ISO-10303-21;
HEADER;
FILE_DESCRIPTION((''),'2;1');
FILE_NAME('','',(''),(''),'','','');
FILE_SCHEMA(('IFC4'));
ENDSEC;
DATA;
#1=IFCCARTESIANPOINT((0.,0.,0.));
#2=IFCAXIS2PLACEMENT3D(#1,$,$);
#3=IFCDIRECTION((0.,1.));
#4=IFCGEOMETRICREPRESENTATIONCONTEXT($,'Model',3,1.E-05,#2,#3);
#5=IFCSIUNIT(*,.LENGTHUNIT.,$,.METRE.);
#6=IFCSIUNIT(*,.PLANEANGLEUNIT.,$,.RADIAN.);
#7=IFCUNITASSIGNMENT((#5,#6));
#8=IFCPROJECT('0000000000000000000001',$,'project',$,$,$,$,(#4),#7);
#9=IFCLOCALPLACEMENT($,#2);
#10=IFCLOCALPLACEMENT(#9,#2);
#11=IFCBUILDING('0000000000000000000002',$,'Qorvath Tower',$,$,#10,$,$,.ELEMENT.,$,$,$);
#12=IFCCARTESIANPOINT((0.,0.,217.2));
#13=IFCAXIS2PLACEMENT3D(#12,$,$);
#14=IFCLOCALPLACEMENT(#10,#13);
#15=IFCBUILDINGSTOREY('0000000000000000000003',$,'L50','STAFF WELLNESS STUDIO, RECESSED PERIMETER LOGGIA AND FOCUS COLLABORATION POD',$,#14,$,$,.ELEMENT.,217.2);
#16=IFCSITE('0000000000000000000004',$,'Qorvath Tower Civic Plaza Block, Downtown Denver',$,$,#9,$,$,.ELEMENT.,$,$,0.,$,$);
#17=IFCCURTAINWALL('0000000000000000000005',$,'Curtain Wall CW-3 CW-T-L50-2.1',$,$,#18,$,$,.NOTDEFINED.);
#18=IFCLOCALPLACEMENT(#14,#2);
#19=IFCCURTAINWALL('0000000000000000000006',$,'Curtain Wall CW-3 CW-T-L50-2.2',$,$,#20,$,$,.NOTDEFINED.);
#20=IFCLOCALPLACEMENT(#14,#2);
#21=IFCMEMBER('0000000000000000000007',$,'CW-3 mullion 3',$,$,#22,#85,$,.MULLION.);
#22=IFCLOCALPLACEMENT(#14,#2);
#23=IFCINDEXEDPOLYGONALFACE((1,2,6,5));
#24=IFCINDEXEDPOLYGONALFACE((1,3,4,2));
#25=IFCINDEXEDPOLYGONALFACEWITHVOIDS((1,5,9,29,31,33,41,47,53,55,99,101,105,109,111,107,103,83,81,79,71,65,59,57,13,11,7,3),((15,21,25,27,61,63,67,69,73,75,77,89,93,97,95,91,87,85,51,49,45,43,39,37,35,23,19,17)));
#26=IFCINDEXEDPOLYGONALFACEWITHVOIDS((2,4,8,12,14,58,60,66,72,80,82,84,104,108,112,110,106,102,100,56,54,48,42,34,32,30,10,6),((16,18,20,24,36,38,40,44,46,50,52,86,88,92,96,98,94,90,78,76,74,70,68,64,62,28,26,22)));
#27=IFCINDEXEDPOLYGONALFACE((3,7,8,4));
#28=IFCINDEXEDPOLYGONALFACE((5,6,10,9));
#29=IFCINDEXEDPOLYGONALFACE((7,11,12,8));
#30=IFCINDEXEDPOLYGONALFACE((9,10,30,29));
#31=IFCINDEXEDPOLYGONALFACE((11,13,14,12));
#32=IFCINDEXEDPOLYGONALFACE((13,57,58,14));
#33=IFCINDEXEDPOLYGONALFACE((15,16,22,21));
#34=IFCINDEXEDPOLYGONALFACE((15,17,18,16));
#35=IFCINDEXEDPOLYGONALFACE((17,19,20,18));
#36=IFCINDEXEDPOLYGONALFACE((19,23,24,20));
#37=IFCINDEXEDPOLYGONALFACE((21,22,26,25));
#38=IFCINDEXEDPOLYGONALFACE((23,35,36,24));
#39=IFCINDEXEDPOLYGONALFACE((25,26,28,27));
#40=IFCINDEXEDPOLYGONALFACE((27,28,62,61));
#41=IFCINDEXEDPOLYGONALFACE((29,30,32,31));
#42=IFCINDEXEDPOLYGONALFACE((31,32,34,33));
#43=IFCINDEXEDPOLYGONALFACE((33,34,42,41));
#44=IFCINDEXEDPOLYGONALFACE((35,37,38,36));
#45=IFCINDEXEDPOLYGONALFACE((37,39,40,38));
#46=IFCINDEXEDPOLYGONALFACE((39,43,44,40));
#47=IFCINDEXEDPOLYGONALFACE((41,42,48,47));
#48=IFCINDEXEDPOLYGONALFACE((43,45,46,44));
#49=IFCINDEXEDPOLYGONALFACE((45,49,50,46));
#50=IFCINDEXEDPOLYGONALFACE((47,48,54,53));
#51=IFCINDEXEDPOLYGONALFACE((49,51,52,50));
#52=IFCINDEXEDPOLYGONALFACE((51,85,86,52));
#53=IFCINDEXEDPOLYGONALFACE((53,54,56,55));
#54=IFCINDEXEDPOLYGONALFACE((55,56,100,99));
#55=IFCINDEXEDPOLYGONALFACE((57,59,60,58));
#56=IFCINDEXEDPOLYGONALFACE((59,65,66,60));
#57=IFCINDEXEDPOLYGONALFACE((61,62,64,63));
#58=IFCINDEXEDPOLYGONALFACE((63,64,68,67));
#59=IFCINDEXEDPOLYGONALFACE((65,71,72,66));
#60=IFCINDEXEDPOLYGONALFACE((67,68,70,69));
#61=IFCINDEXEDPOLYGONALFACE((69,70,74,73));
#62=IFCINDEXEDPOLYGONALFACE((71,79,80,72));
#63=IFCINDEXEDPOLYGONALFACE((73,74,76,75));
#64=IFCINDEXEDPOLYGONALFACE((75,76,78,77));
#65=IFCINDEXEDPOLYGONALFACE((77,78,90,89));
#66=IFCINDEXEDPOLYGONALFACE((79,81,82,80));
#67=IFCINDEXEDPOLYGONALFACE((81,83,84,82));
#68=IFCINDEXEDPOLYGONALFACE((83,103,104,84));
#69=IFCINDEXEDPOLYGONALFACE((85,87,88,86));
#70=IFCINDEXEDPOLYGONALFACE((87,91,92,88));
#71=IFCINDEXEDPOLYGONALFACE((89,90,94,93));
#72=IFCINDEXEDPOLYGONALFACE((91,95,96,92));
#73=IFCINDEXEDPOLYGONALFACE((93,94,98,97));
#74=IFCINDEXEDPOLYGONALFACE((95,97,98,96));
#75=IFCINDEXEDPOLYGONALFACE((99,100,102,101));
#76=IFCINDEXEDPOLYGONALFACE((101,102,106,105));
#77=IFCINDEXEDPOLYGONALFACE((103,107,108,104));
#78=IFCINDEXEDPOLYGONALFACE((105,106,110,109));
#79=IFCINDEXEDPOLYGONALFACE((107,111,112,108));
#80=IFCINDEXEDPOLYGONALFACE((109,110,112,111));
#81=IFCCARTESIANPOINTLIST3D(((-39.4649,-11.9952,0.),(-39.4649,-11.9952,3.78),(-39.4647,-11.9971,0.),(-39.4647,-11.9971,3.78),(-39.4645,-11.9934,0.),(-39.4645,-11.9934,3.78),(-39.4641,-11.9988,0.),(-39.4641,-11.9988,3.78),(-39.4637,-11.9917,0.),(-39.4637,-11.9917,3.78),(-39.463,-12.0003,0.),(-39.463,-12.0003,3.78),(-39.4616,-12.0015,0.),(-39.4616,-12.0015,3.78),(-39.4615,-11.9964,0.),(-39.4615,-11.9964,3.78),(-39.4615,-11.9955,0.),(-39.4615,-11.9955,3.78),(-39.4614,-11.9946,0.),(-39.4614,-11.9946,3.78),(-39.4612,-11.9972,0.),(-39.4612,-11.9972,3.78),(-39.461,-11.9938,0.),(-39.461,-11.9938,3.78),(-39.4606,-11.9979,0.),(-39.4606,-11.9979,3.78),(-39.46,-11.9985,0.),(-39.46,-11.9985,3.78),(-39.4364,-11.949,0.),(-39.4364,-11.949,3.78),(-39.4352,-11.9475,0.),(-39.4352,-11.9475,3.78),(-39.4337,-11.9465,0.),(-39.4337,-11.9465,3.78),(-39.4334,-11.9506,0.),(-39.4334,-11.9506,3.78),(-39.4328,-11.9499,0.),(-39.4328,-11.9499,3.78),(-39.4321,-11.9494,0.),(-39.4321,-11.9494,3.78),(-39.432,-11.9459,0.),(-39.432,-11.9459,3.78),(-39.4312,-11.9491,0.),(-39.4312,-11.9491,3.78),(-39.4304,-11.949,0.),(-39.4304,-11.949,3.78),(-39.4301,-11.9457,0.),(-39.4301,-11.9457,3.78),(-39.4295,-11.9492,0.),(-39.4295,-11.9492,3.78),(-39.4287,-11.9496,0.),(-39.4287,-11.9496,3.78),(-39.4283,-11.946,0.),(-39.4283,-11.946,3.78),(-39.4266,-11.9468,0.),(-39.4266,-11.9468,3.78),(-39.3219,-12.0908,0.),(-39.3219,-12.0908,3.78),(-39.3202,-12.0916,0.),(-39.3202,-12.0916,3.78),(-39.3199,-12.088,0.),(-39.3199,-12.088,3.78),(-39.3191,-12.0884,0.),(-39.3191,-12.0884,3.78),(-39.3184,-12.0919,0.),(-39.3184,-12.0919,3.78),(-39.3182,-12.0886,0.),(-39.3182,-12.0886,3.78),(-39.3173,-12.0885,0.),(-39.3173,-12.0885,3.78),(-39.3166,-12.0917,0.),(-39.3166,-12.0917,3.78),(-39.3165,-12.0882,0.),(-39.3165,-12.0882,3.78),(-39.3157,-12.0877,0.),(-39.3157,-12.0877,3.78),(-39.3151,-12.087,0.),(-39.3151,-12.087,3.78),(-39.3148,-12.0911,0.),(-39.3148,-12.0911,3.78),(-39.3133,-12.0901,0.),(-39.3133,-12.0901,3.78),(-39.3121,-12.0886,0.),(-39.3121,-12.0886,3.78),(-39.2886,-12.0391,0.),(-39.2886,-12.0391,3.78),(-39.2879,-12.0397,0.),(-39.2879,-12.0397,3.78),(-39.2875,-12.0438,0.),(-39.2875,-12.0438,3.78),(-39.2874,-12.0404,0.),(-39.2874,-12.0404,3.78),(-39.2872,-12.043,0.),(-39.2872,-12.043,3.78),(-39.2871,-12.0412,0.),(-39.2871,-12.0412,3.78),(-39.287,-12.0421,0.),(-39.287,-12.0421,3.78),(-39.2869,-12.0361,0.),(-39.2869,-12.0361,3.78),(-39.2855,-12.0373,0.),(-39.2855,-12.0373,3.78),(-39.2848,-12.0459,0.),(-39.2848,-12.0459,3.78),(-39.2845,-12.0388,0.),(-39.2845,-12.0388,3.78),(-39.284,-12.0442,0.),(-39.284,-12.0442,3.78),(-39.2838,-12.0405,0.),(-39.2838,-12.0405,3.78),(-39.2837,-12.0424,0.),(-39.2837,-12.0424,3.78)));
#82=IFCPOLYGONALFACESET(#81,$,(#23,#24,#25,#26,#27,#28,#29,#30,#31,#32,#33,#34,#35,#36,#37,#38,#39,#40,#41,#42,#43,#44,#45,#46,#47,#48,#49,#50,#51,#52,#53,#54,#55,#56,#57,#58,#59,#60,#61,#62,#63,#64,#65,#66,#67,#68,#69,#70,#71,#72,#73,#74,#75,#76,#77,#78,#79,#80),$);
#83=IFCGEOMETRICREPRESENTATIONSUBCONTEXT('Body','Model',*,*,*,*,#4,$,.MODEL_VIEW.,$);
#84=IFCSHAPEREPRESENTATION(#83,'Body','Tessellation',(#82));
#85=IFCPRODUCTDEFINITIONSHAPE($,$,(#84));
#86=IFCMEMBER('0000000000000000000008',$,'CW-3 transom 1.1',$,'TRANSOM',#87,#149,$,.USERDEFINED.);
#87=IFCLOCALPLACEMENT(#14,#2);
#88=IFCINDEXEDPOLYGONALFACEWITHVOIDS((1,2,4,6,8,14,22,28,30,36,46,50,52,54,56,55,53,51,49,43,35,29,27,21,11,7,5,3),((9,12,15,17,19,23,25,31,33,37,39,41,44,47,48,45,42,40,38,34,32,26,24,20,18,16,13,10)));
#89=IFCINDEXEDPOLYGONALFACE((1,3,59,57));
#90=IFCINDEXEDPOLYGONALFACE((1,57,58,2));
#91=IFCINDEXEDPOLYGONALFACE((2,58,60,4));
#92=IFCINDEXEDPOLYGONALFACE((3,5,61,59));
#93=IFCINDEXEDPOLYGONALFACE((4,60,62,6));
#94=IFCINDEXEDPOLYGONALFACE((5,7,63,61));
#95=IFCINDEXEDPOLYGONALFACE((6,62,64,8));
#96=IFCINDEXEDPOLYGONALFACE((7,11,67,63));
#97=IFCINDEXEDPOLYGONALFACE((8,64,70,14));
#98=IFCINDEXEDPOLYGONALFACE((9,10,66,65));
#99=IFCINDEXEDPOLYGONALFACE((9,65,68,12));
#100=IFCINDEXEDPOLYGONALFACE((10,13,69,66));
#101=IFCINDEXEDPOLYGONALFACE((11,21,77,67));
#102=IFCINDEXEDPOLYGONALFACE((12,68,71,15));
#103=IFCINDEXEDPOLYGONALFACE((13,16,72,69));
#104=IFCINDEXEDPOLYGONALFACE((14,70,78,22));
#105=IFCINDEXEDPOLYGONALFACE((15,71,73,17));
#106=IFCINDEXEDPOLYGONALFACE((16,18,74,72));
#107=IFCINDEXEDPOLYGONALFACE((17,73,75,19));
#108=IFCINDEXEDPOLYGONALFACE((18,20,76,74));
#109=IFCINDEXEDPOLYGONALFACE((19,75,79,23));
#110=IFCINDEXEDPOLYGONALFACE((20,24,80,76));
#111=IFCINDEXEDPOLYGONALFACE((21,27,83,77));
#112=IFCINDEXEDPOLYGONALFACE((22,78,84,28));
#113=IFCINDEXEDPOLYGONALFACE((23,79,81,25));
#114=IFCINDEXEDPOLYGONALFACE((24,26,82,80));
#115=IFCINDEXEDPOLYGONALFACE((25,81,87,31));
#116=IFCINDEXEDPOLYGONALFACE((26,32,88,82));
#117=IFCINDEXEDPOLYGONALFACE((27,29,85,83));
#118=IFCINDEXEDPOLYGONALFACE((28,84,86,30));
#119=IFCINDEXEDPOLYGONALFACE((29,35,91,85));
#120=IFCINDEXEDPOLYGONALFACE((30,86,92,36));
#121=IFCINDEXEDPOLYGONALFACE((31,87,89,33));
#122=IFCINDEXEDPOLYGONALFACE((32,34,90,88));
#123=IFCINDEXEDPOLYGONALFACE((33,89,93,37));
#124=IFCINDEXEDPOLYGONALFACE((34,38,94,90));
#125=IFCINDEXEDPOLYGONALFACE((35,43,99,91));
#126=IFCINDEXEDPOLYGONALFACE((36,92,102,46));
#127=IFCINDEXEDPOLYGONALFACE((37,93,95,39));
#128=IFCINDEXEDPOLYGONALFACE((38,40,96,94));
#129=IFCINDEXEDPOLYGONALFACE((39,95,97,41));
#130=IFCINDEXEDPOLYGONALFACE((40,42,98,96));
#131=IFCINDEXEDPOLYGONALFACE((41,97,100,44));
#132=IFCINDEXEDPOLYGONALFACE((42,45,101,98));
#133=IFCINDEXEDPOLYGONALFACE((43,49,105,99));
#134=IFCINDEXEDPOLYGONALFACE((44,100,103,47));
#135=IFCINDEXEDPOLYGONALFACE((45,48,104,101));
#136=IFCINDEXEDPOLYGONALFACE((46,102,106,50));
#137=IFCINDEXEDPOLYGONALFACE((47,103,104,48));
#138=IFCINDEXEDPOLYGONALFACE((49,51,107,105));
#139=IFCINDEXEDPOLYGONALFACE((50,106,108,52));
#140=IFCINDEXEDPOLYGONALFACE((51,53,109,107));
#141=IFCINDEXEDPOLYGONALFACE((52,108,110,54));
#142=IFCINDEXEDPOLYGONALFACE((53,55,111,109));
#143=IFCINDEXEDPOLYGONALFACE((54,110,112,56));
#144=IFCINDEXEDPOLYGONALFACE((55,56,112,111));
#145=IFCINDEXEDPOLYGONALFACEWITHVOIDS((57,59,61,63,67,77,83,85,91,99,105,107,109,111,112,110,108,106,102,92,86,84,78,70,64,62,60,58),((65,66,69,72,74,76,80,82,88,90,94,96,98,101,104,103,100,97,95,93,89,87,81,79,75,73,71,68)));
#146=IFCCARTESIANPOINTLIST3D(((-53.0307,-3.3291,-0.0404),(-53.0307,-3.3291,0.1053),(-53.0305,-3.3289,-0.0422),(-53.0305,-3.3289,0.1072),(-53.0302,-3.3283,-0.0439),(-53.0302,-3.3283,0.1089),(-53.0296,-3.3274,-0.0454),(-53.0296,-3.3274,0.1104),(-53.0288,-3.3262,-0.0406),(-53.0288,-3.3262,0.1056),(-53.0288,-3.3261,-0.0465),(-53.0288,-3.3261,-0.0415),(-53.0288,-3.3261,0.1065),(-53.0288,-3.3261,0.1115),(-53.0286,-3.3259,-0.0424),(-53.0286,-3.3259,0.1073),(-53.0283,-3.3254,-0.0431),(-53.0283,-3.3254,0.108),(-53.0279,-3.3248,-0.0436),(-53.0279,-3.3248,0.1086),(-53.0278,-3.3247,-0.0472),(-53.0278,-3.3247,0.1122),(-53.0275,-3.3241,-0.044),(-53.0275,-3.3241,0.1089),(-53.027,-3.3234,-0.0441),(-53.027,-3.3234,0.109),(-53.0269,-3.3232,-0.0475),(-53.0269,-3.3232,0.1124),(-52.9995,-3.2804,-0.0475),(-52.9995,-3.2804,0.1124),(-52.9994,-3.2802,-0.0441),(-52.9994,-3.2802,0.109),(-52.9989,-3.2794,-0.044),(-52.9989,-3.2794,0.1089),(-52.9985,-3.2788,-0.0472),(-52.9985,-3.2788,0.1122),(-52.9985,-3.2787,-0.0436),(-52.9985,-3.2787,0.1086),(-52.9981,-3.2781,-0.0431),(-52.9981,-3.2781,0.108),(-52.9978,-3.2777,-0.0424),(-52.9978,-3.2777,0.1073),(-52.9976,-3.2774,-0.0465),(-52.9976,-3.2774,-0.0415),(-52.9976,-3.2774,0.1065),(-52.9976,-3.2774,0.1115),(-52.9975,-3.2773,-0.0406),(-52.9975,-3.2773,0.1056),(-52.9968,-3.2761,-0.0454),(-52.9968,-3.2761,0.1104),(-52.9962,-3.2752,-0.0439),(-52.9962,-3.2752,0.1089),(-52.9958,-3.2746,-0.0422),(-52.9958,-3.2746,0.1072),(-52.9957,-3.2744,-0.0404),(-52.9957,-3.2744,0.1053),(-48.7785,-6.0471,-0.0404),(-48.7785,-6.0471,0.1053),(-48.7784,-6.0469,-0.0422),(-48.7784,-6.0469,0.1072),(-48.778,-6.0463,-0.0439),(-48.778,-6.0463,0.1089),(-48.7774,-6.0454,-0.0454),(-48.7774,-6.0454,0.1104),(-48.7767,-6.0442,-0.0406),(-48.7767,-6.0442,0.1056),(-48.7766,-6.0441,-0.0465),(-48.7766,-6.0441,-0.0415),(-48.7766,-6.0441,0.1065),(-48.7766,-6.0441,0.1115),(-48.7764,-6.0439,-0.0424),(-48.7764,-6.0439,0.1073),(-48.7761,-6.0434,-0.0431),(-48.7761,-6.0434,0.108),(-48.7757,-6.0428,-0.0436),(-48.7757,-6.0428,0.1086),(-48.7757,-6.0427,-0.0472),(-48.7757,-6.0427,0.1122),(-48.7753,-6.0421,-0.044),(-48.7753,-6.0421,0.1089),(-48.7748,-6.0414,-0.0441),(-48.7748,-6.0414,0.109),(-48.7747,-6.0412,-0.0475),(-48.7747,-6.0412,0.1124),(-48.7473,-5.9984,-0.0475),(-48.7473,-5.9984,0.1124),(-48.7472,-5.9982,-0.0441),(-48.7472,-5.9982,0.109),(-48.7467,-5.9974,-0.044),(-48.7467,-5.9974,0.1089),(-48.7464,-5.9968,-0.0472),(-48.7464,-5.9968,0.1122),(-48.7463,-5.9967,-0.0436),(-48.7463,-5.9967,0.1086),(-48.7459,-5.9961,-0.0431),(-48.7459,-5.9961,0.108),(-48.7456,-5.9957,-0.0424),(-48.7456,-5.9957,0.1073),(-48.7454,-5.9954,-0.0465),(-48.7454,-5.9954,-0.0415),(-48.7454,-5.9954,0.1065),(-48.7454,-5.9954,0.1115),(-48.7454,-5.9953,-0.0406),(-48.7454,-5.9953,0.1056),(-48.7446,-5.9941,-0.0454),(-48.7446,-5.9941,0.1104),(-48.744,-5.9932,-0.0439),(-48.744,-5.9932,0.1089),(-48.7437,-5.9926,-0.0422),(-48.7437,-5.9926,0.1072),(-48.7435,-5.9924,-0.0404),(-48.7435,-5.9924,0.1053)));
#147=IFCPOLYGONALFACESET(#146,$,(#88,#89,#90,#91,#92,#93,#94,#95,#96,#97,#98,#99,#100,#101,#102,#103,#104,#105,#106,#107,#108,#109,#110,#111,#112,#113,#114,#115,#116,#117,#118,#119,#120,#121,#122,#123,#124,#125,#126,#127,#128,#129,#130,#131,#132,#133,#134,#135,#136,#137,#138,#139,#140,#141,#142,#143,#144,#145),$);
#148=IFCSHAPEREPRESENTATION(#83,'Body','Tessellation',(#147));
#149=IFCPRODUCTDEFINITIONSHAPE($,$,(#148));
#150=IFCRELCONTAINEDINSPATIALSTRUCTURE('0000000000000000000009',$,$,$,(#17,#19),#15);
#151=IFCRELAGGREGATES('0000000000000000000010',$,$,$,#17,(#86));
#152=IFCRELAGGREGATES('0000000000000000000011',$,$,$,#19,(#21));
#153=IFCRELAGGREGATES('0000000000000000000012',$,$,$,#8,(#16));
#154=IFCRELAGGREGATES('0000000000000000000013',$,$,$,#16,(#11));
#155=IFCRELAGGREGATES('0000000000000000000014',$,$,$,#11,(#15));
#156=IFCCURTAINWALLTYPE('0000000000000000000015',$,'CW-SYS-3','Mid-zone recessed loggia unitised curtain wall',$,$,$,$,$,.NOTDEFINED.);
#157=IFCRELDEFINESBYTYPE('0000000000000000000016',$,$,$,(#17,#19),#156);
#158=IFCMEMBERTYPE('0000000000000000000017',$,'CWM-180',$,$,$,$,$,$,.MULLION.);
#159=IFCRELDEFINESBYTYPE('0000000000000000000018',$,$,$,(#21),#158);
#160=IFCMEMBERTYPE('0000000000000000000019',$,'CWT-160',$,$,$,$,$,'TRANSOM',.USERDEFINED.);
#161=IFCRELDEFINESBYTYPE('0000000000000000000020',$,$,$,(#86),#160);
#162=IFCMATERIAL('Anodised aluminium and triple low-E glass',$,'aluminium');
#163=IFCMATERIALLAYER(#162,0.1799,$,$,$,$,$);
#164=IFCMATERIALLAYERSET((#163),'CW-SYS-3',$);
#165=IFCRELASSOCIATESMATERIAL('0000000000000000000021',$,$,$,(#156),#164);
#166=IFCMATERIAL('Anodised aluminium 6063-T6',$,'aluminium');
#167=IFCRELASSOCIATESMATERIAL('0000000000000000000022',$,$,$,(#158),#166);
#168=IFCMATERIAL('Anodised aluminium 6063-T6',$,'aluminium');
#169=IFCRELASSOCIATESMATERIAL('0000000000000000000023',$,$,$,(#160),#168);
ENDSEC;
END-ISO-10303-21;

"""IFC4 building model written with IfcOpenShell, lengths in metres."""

from ifc_helpers import new_model, si_unit, direction, frame, origin, origin_2d, place, context, subcontext, project, spatial, hollow_rectangle, extrude, material, layer, layer_set, material_profile, profile_set, type_object, element, aggregate, save


model = new_model("IFC4")

# Units and contexts
model_context = context("Model", 3, precision=1e-05, world=origin(), true_north=direction((0.0, 1.0)))
body_context = subcontext(model_context, "Body", "Model", "MODEL_VIEW")
ifc_project = project(units=[si_unit("LENGTHUNIT", "METRE"), si_unit("PLANEANGLEUNIT", "RADIAN")], contexts=[model_context])

# Site, building, storey
site_placement = place(None, origin())
site = spatial("IfcSite", under=ifc_project, at=site_placement, Name="Qorvath Tower Civic Plaza Block, Downtown Denver", CompositionType="ELEMENT", RefElevation=0.0)
building_placement = place(site_placement, origin())
building = spatial("IfcBuilding", under=site, at=building_placement, Name="Qorvath Tower", CompositionType="ELEMENT")
storey_placement = place(building_placement, frame((0.0, 0.0, 217.2)))
storey = spatial("IfcBuildingStorey", under=building, at=storey_placement, Name="L50", Description="STAFF WELLNESS STUDIO, RECESSED PERIMETER LOGGIA AND FOCUS COLLABORATION POD", CompositionType="ELEMENT", Elevation=217.2)

# Curtain walls, member
ifc_material_1 = material(Name="Anodised aluminium and triple low-E glass", Category="aluminium")
ifc_layer_1 = layer(ifc_material_1, 0.1799)
ifc_layer_set_1 = layer_set([ifc_layer_1], Name="CW-SYS-3")
curtain_wall_type = type_object("IfcCurtainWallType", Name="CW-SYS-3", Description="Mid-zone recessed loggia unitised curtain wall", PredefinedType="NOTDEFINED", material=ifc_layer_set_1)
curtain_wall_1_placement = place(storey_placement, origin())
curtain_wall_1 = element("IfcCurtainWall", 1, at=curtain_wall_1_placement, inside=storey, type_object=curtain_wall_type, Name="Curtain Wall CW-3 CW-T-L50-2.1", PredefinedType="NOTDEFINED")
ifc_material_2 = material(Name="Anodised aluminium 6063-T6", Category="aluminium")
ifc_material_profile_1 = material_profile(ifc_material_2, hollow_rectangle(XDim=0.0649, YDim=0.1799, WallThickness=0.0034, InnerFilletRadius=0.0034, OuterFilletRadius=0.0071, at=origin_2d()), Name="CWM 180x65")
ifc_profile_set_1 = profile_set([ifc_material_profile_1], Name="Anodised aluminium 6063-T6")
member_type_1 = type_object("IfcMemberType", Name="CWM-180", PredefinedType="MULLION", material=ifc_profile_set_1)
curtain_wall_2_placement = place(storey_placement, origin())
curtain_wall_2 = element("IfcCurtainWall", 2, at=curtain_wall_2_placement, inside=storey, type_object=curtain_wall_type, Name="Curtain Wall CW-3 CW-T-L50-2.2", PredefinedType="NOTDEFINED")
member_1_placement = place(storey_placement, frame((-39.3743, -12.0188, 0.0), z_axis=(0.0, 0.0, 1.0), x_axis=(0.538535, 0.842603, 0.0)))
member_1 = element("IfcMember", 3, at=member_1_placement, type_object=member_type_1, Name="CW-3 mullion 3", PredefinedType="MULLION", context=body_context, shape_type="SweptSolid", body=[
    extrude(hollow_rectangle(XDim=0.0649, YDim=0.1799, WallThickness=0.0034, InnerFilletRadius=0.0034, OuterFilletRadius=0.0071, at=origin_2d()), origin(), (0.0, 0.0, 1.0), 3.78),
])

# Member
ifc_material_3 = material(Name="Anodised aluminium 6063-T6", Category="aluminium")
ifc_material_profile_2 = material_profile(ifc_material_3, hollow_rectangle(XDim=0.0649, YDim=0.1599, WallThickness=0.0034, InnerFilletRadius=0.0034, OuterFilletRadius=0.0071, at=origin_2d()), Name="CWT 160x65")
ifc_profile_set_2 = profile_set([ifc_material_profile_2], Name="Anodised aluminium 6063-T6")
member_type_2 = type_object("IfcMemberType", Name="CWT-160", ElementType="TRANSOM", PredefinedType="USERDEFINED", material=ifc_profile_set_2)
member_2_placement = place(storey_placement, frame((-53.0132, -3.3018, 0.0325), z_axis=(0.842576, -0.538577, 0.0), x_axis=(0.538577, 0.842576, 0.0)))
member_2 = element("IfcMember", 4, at=member_2_placement, type_object=member_type_2, Name="CW-3 transom 1.1", ObjectType="TRANSOM", PredefinedType="USERDEFINED", context=body_context, shape_type="SweptSolid", body=[
    extrude(hollow_rectangle(XDim=0.0649, YDim=0.1599, WallThickness=0.0034, InnerFilletRadius=0.0034, OuterFilletRadius=0.0071, at=origin_2d()), origin(), (0.0, 0.0, 1.0), 5.0466),
])

aggregate(curtain_wall_1, [member_2])
aggregate(curtain_wall_2, [member_1])

save(model, "model.ifc")
